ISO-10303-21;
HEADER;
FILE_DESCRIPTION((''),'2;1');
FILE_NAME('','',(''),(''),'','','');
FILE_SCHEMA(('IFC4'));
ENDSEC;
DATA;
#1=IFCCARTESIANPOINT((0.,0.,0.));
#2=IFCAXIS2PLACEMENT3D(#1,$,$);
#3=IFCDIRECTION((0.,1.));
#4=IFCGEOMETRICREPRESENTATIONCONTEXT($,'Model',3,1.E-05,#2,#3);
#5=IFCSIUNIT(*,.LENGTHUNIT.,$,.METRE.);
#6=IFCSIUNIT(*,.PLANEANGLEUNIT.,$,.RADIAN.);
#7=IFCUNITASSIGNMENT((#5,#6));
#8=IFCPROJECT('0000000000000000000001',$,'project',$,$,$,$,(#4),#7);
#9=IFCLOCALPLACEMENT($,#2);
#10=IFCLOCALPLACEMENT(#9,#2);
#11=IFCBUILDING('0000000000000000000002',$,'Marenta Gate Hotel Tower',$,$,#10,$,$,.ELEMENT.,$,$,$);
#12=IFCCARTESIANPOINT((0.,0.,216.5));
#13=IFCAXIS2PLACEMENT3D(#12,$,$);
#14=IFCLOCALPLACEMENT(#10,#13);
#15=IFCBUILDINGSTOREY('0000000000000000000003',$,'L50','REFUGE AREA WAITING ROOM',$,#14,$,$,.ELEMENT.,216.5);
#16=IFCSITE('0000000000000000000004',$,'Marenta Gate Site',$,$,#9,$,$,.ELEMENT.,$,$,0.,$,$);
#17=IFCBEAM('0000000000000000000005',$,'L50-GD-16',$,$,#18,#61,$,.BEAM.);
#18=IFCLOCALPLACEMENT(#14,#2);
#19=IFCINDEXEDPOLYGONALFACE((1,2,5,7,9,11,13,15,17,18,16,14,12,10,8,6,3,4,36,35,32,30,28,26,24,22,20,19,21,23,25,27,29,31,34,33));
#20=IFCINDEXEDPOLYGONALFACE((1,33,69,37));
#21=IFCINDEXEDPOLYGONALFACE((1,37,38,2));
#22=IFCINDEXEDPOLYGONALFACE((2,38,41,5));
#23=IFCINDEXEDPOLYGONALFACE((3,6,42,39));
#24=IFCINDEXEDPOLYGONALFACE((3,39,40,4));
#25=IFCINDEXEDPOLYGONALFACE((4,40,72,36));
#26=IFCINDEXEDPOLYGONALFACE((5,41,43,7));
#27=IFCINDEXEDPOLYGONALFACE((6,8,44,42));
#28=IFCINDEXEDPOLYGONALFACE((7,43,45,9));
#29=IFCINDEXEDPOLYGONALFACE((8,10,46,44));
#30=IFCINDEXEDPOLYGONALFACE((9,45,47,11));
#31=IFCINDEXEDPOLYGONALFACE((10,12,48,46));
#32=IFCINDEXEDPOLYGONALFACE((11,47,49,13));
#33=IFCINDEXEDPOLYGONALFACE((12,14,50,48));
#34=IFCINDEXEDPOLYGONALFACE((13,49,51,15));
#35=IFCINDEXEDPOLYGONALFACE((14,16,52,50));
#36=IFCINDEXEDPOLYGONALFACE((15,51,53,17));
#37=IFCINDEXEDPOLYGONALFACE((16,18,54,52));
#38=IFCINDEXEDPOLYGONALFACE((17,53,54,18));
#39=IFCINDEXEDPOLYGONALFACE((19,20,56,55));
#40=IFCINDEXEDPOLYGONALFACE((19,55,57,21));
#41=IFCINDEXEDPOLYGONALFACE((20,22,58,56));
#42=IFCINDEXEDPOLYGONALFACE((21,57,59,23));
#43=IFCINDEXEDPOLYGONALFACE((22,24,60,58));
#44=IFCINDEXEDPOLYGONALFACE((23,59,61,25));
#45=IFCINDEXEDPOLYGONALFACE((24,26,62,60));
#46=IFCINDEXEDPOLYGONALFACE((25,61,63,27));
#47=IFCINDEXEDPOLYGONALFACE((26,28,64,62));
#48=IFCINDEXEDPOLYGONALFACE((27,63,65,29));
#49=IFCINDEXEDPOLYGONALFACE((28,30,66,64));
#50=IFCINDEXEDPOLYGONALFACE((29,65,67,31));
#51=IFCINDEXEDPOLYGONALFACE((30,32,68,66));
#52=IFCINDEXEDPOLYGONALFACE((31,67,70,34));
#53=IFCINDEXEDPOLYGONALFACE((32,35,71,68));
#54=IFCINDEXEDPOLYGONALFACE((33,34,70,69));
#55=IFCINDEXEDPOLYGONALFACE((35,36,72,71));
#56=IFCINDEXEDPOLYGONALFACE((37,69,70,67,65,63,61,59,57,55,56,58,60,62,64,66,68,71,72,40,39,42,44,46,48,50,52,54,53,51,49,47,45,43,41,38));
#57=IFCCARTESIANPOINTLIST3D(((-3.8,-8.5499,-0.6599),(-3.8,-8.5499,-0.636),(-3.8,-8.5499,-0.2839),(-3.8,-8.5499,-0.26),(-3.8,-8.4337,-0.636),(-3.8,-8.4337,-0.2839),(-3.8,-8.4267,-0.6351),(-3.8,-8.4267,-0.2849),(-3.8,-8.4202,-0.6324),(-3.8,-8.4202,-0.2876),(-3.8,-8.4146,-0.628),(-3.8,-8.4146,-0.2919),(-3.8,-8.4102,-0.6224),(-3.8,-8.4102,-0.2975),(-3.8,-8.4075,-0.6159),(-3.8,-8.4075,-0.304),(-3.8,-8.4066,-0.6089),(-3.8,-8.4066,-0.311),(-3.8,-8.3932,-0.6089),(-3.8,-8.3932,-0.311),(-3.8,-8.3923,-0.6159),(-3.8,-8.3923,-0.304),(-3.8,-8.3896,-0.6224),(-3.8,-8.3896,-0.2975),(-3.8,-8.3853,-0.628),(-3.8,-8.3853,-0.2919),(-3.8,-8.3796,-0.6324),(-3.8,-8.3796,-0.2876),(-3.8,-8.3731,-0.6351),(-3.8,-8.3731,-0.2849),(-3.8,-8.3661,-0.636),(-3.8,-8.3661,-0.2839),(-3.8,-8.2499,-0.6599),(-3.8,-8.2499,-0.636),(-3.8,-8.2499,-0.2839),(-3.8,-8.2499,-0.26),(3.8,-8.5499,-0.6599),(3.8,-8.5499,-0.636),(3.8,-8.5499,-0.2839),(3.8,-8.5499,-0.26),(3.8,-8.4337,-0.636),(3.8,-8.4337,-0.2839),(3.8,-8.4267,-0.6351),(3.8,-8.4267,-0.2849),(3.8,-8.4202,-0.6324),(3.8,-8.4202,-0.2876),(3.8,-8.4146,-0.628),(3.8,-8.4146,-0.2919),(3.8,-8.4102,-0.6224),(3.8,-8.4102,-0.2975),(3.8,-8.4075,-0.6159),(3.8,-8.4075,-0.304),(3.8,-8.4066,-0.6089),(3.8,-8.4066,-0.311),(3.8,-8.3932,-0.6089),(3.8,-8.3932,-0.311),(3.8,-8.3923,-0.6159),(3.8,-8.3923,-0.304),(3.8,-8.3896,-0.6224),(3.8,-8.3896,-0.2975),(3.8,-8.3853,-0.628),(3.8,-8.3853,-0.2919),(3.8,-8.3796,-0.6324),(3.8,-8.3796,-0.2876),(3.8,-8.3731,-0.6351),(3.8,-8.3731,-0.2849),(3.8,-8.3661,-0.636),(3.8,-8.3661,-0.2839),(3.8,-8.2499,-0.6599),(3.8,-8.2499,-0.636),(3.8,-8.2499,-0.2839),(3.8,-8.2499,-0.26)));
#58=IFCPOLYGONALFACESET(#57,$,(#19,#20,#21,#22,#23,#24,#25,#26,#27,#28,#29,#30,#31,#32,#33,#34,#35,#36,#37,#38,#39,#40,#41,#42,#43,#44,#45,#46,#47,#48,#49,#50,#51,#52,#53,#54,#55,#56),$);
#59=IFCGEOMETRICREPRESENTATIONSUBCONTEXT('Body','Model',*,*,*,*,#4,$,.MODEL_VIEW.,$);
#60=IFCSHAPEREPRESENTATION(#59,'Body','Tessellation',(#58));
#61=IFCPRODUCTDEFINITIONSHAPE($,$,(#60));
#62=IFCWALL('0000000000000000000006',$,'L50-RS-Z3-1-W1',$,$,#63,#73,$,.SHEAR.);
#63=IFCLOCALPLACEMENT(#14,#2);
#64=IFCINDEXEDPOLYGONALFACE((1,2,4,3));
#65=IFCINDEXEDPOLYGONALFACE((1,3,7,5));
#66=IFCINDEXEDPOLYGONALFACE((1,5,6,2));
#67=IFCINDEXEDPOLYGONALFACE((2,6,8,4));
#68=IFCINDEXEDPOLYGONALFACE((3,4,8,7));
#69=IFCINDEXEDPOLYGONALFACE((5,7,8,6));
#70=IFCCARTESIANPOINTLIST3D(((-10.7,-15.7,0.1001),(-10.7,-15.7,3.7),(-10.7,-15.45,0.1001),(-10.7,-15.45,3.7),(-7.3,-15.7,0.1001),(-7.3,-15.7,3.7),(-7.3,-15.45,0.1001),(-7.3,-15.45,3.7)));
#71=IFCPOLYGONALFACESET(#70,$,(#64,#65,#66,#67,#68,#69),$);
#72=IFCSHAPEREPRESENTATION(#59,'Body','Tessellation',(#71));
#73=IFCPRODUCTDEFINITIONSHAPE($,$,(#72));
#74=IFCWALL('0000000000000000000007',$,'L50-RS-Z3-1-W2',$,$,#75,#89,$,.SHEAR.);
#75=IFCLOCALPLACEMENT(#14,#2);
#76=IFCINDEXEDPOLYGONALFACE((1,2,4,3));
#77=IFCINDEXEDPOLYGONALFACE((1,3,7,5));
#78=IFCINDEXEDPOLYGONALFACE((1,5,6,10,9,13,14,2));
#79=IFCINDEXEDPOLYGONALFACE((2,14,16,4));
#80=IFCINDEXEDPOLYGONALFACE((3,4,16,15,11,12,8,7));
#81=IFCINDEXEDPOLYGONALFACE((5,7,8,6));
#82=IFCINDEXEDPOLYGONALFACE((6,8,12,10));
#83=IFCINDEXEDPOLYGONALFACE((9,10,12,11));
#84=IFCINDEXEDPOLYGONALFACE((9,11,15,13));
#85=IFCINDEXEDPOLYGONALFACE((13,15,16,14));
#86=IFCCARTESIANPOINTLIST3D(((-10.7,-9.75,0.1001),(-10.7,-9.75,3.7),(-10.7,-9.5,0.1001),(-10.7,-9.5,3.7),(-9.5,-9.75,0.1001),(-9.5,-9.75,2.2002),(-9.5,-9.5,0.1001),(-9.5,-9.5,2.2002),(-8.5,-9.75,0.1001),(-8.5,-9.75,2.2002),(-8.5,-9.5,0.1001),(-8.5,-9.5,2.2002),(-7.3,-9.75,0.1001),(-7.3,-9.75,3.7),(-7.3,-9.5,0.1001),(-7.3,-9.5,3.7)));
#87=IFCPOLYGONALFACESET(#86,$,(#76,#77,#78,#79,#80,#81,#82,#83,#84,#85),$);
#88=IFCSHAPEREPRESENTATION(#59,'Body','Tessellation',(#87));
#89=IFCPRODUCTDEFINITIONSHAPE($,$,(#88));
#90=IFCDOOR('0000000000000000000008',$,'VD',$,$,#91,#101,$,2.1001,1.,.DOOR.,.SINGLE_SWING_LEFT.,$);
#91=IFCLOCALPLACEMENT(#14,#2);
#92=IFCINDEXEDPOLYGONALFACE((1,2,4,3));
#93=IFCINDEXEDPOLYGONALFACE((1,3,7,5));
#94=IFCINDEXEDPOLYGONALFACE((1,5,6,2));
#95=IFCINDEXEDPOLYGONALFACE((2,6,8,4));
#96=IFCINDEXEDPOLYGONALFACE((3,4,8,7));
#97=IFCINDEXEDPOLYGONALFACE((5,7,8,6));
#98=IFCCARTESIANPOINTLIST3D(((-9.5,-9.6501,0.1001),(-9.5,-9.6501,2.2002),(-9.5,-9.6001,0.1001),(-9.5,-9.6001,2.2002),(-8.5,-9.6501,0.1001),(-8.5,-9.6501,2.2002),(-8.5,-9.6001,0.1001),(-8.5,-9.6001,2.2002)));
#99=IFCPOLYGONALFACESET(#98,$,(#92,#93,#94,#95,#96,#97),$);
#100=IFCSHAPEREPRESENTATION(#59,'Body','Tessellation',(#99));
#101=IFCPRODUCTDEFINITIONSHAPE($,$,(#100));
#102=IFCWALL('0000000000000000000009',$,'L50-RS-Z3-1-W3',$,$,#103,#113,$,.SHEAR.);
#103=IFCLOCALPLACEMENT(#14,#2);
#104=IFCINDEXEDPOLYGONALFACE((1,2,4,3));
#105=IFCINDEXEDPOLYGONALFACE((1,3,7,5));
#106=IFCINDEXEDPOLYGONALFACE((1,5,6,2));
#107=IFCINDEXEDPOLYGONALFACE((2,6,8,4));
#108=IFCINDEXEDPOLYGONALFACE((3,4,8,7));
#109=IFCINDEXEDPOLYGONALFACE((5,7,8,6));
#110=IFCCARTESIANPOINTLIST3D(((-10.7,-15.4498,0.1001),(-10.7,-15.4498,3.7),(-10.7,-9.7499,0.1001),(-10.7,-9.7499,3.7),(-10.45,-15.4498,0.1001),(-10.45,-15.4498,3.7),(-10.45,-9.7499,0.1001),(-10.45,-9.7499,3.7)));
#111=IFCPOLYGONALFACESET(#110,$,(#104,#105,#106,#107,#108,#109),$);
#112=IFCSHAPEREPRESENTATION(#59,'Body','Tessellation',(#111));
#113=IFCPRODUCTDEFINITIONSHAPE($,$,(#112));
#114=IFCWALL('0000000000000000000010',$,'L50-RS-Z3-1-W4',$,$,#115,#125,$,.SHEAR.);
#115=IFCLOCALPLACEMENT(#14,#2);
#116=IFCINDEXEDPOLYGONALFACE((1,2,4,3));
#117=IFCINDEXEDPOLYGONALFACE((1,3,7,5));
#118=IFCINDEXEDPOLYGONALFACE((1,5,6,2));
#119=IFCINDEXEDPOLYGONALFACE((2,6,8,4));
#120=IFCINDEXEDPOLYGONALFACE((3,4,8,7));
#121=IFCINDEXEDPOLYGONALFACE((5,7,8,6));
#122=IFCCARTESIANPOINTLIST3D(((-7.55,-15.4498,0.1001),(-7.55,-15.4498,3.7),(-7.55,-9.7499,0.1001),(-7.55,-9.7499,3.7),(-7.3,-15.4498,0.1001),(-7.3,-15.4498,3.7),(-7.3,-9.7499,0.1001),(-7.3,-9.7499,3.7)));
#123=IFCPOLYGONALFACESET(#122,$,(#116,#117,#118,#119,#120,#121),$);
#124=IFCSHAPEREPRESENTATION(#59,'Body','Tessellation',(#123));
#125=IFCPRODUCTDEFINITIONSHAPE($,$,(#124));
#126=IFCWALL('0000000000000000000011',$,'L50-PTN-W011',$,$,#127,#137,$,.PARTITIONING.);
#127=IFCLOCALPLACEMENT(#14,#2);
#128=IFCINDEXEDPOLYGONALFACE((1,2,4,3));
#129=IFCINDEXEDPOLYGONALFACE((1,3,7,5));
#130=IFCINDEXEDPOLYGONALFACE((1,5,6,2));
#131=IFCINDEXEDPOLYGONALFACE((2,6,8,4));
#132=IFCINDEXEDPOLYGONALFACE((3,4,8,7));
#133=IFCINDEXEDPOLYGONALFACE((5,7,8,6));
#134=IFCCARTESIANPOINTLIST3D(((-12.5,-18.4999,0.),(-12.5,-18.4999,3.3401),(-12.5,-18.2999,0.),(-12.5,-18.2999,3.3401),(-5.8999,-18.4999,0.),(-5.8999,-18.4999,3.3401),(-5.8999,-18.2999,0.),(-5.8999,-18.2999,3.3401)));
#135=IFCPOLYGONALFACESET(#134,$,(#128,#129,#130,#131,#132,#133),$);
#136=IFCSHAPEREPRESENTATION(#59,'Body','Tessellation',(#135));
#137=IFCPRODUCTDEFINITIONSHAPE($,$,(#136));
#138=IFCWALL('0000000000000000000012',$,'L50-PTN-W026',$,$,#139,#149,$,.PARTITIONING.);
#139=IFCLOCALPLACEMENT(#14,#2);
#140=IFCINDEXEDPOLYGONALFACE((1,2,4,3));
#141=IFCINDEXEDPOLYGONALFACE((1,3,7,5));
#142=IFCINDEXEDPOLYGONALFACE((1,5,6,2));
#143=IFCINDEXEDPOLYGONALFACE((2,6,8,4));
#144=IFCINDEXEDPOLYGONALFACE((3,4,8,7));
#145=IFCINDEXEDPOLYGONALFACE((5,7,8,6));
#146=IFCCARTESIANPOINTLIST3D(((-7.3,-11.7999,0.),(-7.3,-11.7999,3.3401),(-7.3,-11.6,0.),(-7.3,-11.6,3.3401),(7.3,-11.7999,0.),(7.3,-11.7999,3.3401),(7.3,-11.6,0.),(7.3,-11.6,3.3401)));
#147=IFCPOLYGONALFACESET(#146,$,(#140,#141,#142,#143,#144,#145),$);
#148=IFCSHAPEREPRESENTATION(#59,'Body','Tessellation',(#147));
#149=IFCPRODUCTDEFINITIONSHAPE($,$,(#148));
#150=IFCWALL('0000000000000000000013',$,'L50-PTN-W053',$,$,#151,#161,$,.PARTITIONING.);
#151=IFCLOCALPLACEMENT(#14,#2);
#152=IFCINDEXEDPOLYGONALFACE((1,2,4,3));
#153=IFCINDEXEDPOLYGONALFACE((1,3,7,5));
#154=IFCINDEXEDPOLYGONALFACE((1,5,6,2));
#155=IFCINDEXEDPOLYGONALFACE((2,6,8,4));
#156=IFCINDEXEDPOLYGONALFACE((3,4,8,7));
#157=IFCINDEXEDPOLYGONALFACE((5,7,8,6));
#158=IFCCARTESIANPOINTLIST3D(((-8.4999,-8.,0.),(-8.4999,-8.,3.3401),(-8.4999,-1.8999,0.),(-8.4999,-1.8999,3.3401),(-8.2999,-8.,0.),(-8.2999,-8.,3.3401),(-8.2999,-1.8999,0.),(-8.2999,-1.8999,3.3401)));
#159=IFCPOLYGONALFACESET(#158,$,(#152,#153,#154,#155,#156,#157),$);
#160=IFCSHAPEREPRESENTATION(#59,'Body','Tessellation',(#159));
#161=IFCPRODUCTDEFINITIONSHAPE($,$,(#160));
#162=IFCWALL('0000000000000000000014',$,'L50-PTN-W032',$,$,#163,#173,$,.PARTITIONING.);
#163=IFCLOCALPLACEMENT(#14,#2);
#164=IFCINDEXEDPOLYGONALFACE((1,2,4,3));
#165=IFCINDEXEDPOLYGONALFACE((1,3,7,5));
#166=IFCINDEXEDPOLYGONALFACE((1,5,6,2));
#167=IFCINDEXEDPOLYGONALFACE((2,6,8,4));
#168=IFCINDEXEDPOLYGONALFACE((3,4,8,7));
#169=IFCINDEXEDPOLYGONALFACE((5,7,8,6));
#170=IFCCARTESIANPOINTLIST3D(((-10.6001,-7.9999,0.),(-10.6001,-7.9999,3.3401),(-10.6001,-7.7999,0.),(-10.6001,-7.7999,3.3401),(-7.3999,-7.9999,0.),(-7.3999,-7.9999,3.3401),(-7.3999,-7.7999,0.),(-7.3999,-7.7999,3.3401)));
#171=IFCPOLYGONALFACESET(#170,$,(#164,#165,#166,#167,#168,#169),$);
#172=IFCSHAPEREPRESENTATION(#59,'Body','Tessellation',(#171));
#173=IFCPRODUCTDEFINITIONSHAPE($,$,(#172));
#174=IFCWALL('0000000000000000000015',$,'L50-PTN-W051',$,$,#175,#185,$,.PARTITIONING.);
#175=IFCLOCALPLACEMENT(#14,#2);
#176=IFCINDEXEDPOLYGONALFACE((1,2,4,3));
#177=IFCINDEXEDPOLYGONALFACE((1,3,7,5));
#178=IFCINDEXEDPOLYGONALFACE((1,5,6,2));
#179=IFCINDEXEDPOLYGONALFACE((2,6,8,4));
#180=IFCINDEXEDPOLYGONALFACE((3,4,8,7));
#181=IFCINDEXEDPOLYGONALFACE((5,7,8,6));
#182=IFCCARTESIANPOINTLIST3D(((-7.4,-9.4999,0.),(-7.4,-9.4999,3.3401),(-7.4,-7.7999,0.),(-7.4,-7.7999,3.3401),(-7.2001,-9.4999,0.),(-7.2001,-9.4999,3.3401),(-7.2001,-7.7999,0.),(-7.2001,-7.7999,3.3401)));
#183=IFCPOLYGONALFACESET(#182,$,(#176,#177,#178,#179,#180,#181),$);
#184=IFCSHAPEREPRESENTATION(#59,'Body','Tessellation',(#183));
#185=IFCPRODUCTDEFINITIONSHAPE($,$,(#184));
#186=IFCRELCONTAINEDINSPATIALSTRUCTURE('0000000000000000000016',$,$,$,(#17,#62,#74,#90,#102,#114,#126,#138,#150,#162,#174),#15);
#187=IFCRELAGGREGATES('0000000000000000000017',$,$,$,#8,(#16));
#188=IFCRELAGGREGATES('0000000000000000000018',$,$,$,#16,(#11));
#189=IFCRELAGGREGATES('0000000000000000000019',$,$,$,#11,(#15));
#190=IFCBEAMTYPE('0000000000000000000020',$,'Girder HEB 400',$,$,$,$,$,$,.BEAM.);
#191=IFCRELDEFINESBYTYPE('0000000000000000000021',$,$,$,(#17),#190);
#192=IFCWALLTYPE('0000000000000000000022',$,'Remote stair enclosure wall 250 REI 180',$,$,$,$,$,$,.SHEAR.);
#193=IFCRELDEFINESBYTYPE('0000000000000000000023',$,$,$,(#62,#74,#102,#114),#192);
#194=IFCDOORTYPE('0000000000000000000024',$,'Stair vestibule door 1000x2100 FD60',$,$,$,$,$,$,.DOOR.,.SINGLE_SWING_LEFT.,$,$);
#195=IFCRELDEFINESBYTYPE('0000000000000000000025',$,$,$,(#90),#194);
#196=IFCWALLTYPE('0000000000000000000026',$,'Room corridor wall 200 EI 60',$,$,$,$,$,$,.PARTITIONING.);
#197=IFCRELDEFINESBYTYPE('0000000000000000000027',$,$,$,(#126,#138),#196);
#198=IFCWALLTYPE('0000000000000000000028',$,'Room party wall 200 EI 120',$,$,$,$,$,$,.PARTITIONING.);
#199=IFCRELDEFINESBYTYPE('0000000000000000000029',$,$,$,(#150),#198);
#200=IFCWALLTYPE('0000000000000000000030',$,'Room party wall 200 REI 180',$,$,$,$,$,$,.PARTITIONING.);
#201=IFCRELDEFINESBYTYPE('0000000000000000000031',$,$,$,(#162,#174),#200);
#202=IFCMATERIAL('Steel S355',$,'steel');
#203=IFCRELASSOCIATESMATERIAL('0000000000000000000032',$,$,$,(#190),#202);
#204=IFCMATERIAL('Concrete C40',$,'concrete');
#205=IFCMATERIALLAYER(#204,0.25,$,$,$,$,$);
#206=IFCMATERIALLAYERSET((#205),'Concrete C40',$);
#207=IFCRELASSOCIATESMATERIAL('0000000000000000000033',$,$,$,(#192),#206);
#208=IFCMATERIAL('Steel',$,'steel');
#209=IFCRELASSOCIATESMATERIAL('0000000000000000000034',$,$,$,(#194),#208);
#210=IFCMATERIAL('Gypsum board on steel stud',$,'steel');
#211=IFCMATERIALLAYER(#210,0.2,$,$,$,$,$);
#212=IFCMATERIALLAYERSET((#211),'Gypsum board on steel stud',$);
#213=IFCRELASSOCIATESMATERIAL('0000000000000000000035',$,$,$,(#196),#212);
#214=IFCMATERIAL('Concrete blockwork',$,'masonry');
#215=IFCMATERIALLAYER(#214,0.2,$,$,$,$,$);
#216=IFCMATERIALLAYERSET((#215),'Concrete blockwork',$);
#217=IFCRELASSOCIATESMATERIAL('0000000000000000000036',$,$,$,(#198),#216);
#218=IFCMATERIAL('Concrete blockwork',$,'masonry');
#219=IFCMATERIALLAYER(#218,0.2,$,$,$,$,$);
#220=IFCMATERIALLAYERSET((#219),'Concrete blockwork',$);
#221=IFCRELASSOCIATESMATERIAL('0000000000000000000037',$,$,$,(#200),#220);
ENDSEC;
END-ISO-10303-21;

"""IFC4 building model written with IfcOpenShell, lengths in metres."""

from ifc_helpers import new_model, si_unit, direction, frame, frame_2d, origin, origin_2d, place, context, subcontext, project, spatial, rectangle, i_section, extrude, material, layer, layer_set, material_profile, profile_set, type_object, element, fill, save


model = new_model("IFC4")

# Units and contexts
model_context = context("Model", 3, precision=1e-05, world=origin(), true_north=direction((0.0, 1.0)))
body_context = subcontext(model_context, "Body", "Model", "MODEL_VIEW")
ifc_project = project(units=[si_unit("LENGTHUNIT", "METRE"), si_unit("PLANEANGLEUNIT", "RADIAN")], contexts=[model_context])

# Site, building, storey
site_placement = place(None, origin())
site = spatial("IfcSite", under=ifc_project, at=site_placement, Name="Marenta Gate Site", CompositionType="ELEMENT", RefElevation=0.0)
building_placement = place(site_placement, origin())
building = spatial("IfcBuilding", under=site, at=building_placement, Name="Marenta Gate Hotel Tower", CompositionType="ELEMENT")
storey_placement = place(building_placement, frame((0.0, 0.0, 216.5)))
storey = spatial("IfcBuildingStorey", under=building, at=storey_placement, Name="L50", Description="REFUGE AREA WAITING ROOM", CompositionType="ELEMENT", Elevation=216.5)

# Beam
ifc_material_1 = material(Name="Steel S355", Category="steel")
ifc_material_profile_1 = material_profile(ifc_material_1, i_section(OverallWidth=0.3, OverallDepth=0.3999, WebThickness=0.0134, FlangeThickness=0.0239, FilletRadius=0.0271, at=origin_2d()), Name="HEB 400")
ifc_profile_set_1 = profile_set([ifc_material_profile_1], Name="Steel S355")
beam_type = type_object("IfcBeamType", Name="Girder HEB 400", PredefinedType="BEAM", material=ifc_profile_set_1)
beam_1_placement = place(storey_placement, frame((-3.8, -8.3999, -0.46), z_axis=(1.0, 0.0, 0.0), x_axis=(0.0, 1.0, 0.0)))
element("IfcBeam", 1, at=beam_1_placement, inside=storey, type_object=beam_type, Name="L50-GD-16", PredefinedType="BEAM", context=body_context, shape_type="SweptSolid", body=[
    extrude(i_section(OverallWidth=0.3, OverallDepth=0.3999, WebThickness=0.0134, FlangeThickness=0.0239, FilletRadius=0.0271, at=origin_2d()), origin(), (0.0, 0.0, 1.0), 7.6001),
])

# Wall
ifc_material_2 = material(Name="Concrete C40", Category="concrete")
ifc_layer_1 = layer(ifc_material_2, 0.25)
ifc_layer_set_1 = layer_set([ifc_layer_1], Name="Concrete C40")
wall_type_1 = type_object("IfcWallType", Name="Remote stair enclosure wall 250 REI 180", PredefinedType="SHEAR", material=ifc_layer_set_1)
wall_1_placement = place(storey_placement, frame((-10.7, -15.575, 0.1001), z_axis=(0.0, 0.0, 1.0), x_axis=(1.0, 0.0, 0.0)))
element("IfcWall", 2, at=wall_1_placement, inside=storey, type_object=wall_type_1, Name="L50-RS-Z3-1-W1", PredefinedType="SHEAR", context=body_context, shape_type="SweptSolid", body=[
    extrude(rectangle(XDim=3.3999, YDim=0.25, at=frame_2d((1.7, 0.0))), origin(), (0.0, 0.0, 1.0), 3.5999),
])

# Wall, opening, door
wall_2_placement = place(storey_placement, frame((-10.7, -9.625, 0.1001), z_axis=(0.0, 0.0, 1.0), x_axis=(1.0, 0.0, 0.0)))
wall_2 = element("IfcWall", 3, at=wall_2_placement, inside=storey, type_object=wall_type_1, Name="L50-RS-Z3-1-W2", PredefinedType="SHEAR", context=body_context, shape_type="SweptSolid", body=[
    extrude(rectangle(XDim=3.3999, YDim=0.25, at=frame_2d((1.7, 0.0))), origin(), (0.0, 0.0, 1.0), 3.5999),
])
opening_1_placement = place(wall_2_placement, frame((1.2, 0.0, 0.0)))
opening_1 = element("IfcOpeningElement", 4, at=opening_1_placement, cuts=wall_2, PredefinedType="OPENING", context=body_context, shape_type="SweptSolid", body=[
    extrude(rectangle(XDim=1.0, YDim=2.1001, at=frame_2d((0.5, 1.05))), frame((0.0, 0.125, 0.0), z_axis=(0.0, -1.0, 0.0), x_axis=(1.0, 0.0, 0.0)), (0.0, 0.0, 1.0), 0.25),
])
ifc_material_3 = material(Name="Steel", Category="steel")
door_type_1 = type_object("IfcDoorType", Name="Stair vestibule door 1000x2100 FD60", OperationType="SINGLE_SWING_LEFT", PredefinedType="DOOR", material=ifc_material_3)
door_1_placement = place(opening_1_placement, origin())
door_1 = element("IfcDoor", 5, at=door_1_placement, inside=storey, type_object=door_type_1, Name="VD", OperationType="SINGLE_SWING_LEFT", OverallHeight=2.1001, OverallWidth=1.0, PredefinedType="DOOR", context=body_context, shape_type="SweptSolid", body=[
    extrude(rectangle(XDim=1.0, YDim=2.1001, at=frame_2d((0.5, 1.05))), frame((0.0, 0.0249, 0.0), z_axis=(0.0, -1.0, 0.0), x_axis=(1.0, 0.0, 0.0)), (0.0, 0.0, 1.0), 0.05),
])
fill(opening_1, door_1)

# Walls
for number, where, z_axis, x_axis, name in (
    (6, (-10.575, -15.45, 0.1001), (0.0, 0.0, 1.0), (0.0, 1.0, 0.0), "L50-RS-Z3-1-W3"),
    (7, (-7.425, -15.45, 0.1001), (0.0, 0.0, 1.0), (0.0, 1.0, 0.0), "L50-RS-Z3-1-W4"),
):
    element("IfcWall", number, at=place(storey_placement, frame(where, z_axis=z_axis, x_axis=x_axis)), inside=storey, type_object=wall_type_1, Name=name, PredefinedType="SHEAR", context=body_context, shape_type="SweptSolid", body=[
        extrude(rectangle(XDim=5.7, YDim=0.25, at=frame_2d((2.8501, 0.0))), origin(), (0.0, 0.0, 1.0), 3.5999),
    ])
ifc_material_4 = material(Name="Gypsum board on steel stud", Category="steel")
ifc_layer_2 = layer(ifc_material_4, 0.2)
ifc_layer_set_2 = layer_set([ifc_layer_2], Name="Gypsum board on steel stud")
wall_type_2 = type_object("IfcWallType", Name="Room corridor wall 200 EI 60", PredefinedType="PARTITIONING", material=ifc_layer_set_2)
wall_3_placement = place(storey_placement, frame((-12.5, -18.3999, 0.0), z_axis=(0.0, 0.0, 1.0), x_axis=(1.0, 0.0, 0.0)))
element("IfcWall", 8, at=wall_3_placement, inside=storey, type_object=wall_type_2, Name="L50-PTN-W011", PredefinedType="PARTITIONING", context=body_context, shape_type="SweptSolid", body=[
    extrude(rectangle(XDim=6.6001, YDim=0.2, at=frame_2d((3.3, 0.0))), origin(), (0.0, 0.0, 1.0), 3.3401),
])

# Wall
wall_4_placement = place(storey_placement, frame((-7.3, -11.7, 0.0), z_axis=(0.0, 0.0, 1.0), x_axis=(1.0, 0.0, 0.0)))
element("IfcWall", 9, at=wall_4_placement, inside=storey, type_object=wall_type_2, Name="L50-PTN-W026", PredefinedType="PARTITIONING", context=body_context, shape_type="SweptSolid", body=[
    extrude(rectangle(XDim=14.6001, YDim=0.2, at=frame_2d((7.3, 0.0))), origin(), (0.0, 0.0, 1.0), 3.3401),
])

# Walls
ifc_material_5 = material(Name="Concrete blockwork", Category="masonry")
ifc_layer_3 = layer(ifc_material_5, 0.2)
ifc_layer_set_3 = layer_set([ifc_layer_3], Name="Concrete blockwork")
wall_type_3 = type_object("IfcWallType", Name="Room party wall 200 EI 120", PredefinedType="PARTITIONING", material=ifc_layer_set_3)
wall_5_placement = place(storey_placement, frame((-8.3999, -8.0, 0.0), z_axis=(0.0, 0.0, 1.0), x_axis=(0.0, 1.0, 0.0)))
element("IfcWall", 10, at=wall_5_placement, inside=storey, type_object=wall_type_3, Name="L50-PTN-W053", PredefinedType="PARTITIONING", context=body_context, shape_type="SweptSolid", body=[
    extrude(rectangle(XDim=6.1001, YDim=0.2, at=frame_2d((3.05, 0.0))), origin(), (0.0, 0.0, 1.0), 3.3401),
])
ifc_material_6 = material(Name="Concrete blockwork", Category="masonry")
ifc_layer_4 = layer(ifc_material_6, 0.2)
ifc_layer_set_4 = layer_set([ifc_layer_4], Name="Concrete blockwork")
wall_type_4 = type_object("IfcWallType", Name="Room party wall 200 REI 180", PredefinedType="PARTITIONING", material=ifc_layer_set_4)
wall_6_placement = place(storey_placement, frame((-10.6001, -7.8999, 0.0), z_axis=(0.0, 0.0, 1.0), x_axis=(1.0, 0.0, 0.0)))
element("IfcWall", 11, at=wall_6_placement, inside=storey, type_object=wall_type_4, Name="L50-PTN-W032", PredefinedType="PARTITIONING", context=body_context, shape_type="SweptSolid", body=[
    extrude(rectangle(XDim=3.2002, YDim=0.2, at=frame_2d((1.6001, 0.0))), origin(), (0.0, 0.0, 1.0), 3.3401),
])
wall_7_placement = place(storey_placement, frame((-7.3, -9.5, 0.0), z_axis=(0.0, 0.0, 1.0), x_axis=(0.0, 1.0, 0.0)))
element("IfcWall", 12, at=wall_7_placement, inside=storey, type_object=wall_type_4, Name="L50-PTN-W051", PredefinedType="PARTITIONING", context=body_context, shape_type="SweptSolid", body=[
    extrude(rectangle(XDim=1.7, YDim=0.2, at=frame_2d((0.8501, 0.0))), origin(), (0.0, 0.0, 1.0), 3.3401),
])

save(model, "model.ifc")
